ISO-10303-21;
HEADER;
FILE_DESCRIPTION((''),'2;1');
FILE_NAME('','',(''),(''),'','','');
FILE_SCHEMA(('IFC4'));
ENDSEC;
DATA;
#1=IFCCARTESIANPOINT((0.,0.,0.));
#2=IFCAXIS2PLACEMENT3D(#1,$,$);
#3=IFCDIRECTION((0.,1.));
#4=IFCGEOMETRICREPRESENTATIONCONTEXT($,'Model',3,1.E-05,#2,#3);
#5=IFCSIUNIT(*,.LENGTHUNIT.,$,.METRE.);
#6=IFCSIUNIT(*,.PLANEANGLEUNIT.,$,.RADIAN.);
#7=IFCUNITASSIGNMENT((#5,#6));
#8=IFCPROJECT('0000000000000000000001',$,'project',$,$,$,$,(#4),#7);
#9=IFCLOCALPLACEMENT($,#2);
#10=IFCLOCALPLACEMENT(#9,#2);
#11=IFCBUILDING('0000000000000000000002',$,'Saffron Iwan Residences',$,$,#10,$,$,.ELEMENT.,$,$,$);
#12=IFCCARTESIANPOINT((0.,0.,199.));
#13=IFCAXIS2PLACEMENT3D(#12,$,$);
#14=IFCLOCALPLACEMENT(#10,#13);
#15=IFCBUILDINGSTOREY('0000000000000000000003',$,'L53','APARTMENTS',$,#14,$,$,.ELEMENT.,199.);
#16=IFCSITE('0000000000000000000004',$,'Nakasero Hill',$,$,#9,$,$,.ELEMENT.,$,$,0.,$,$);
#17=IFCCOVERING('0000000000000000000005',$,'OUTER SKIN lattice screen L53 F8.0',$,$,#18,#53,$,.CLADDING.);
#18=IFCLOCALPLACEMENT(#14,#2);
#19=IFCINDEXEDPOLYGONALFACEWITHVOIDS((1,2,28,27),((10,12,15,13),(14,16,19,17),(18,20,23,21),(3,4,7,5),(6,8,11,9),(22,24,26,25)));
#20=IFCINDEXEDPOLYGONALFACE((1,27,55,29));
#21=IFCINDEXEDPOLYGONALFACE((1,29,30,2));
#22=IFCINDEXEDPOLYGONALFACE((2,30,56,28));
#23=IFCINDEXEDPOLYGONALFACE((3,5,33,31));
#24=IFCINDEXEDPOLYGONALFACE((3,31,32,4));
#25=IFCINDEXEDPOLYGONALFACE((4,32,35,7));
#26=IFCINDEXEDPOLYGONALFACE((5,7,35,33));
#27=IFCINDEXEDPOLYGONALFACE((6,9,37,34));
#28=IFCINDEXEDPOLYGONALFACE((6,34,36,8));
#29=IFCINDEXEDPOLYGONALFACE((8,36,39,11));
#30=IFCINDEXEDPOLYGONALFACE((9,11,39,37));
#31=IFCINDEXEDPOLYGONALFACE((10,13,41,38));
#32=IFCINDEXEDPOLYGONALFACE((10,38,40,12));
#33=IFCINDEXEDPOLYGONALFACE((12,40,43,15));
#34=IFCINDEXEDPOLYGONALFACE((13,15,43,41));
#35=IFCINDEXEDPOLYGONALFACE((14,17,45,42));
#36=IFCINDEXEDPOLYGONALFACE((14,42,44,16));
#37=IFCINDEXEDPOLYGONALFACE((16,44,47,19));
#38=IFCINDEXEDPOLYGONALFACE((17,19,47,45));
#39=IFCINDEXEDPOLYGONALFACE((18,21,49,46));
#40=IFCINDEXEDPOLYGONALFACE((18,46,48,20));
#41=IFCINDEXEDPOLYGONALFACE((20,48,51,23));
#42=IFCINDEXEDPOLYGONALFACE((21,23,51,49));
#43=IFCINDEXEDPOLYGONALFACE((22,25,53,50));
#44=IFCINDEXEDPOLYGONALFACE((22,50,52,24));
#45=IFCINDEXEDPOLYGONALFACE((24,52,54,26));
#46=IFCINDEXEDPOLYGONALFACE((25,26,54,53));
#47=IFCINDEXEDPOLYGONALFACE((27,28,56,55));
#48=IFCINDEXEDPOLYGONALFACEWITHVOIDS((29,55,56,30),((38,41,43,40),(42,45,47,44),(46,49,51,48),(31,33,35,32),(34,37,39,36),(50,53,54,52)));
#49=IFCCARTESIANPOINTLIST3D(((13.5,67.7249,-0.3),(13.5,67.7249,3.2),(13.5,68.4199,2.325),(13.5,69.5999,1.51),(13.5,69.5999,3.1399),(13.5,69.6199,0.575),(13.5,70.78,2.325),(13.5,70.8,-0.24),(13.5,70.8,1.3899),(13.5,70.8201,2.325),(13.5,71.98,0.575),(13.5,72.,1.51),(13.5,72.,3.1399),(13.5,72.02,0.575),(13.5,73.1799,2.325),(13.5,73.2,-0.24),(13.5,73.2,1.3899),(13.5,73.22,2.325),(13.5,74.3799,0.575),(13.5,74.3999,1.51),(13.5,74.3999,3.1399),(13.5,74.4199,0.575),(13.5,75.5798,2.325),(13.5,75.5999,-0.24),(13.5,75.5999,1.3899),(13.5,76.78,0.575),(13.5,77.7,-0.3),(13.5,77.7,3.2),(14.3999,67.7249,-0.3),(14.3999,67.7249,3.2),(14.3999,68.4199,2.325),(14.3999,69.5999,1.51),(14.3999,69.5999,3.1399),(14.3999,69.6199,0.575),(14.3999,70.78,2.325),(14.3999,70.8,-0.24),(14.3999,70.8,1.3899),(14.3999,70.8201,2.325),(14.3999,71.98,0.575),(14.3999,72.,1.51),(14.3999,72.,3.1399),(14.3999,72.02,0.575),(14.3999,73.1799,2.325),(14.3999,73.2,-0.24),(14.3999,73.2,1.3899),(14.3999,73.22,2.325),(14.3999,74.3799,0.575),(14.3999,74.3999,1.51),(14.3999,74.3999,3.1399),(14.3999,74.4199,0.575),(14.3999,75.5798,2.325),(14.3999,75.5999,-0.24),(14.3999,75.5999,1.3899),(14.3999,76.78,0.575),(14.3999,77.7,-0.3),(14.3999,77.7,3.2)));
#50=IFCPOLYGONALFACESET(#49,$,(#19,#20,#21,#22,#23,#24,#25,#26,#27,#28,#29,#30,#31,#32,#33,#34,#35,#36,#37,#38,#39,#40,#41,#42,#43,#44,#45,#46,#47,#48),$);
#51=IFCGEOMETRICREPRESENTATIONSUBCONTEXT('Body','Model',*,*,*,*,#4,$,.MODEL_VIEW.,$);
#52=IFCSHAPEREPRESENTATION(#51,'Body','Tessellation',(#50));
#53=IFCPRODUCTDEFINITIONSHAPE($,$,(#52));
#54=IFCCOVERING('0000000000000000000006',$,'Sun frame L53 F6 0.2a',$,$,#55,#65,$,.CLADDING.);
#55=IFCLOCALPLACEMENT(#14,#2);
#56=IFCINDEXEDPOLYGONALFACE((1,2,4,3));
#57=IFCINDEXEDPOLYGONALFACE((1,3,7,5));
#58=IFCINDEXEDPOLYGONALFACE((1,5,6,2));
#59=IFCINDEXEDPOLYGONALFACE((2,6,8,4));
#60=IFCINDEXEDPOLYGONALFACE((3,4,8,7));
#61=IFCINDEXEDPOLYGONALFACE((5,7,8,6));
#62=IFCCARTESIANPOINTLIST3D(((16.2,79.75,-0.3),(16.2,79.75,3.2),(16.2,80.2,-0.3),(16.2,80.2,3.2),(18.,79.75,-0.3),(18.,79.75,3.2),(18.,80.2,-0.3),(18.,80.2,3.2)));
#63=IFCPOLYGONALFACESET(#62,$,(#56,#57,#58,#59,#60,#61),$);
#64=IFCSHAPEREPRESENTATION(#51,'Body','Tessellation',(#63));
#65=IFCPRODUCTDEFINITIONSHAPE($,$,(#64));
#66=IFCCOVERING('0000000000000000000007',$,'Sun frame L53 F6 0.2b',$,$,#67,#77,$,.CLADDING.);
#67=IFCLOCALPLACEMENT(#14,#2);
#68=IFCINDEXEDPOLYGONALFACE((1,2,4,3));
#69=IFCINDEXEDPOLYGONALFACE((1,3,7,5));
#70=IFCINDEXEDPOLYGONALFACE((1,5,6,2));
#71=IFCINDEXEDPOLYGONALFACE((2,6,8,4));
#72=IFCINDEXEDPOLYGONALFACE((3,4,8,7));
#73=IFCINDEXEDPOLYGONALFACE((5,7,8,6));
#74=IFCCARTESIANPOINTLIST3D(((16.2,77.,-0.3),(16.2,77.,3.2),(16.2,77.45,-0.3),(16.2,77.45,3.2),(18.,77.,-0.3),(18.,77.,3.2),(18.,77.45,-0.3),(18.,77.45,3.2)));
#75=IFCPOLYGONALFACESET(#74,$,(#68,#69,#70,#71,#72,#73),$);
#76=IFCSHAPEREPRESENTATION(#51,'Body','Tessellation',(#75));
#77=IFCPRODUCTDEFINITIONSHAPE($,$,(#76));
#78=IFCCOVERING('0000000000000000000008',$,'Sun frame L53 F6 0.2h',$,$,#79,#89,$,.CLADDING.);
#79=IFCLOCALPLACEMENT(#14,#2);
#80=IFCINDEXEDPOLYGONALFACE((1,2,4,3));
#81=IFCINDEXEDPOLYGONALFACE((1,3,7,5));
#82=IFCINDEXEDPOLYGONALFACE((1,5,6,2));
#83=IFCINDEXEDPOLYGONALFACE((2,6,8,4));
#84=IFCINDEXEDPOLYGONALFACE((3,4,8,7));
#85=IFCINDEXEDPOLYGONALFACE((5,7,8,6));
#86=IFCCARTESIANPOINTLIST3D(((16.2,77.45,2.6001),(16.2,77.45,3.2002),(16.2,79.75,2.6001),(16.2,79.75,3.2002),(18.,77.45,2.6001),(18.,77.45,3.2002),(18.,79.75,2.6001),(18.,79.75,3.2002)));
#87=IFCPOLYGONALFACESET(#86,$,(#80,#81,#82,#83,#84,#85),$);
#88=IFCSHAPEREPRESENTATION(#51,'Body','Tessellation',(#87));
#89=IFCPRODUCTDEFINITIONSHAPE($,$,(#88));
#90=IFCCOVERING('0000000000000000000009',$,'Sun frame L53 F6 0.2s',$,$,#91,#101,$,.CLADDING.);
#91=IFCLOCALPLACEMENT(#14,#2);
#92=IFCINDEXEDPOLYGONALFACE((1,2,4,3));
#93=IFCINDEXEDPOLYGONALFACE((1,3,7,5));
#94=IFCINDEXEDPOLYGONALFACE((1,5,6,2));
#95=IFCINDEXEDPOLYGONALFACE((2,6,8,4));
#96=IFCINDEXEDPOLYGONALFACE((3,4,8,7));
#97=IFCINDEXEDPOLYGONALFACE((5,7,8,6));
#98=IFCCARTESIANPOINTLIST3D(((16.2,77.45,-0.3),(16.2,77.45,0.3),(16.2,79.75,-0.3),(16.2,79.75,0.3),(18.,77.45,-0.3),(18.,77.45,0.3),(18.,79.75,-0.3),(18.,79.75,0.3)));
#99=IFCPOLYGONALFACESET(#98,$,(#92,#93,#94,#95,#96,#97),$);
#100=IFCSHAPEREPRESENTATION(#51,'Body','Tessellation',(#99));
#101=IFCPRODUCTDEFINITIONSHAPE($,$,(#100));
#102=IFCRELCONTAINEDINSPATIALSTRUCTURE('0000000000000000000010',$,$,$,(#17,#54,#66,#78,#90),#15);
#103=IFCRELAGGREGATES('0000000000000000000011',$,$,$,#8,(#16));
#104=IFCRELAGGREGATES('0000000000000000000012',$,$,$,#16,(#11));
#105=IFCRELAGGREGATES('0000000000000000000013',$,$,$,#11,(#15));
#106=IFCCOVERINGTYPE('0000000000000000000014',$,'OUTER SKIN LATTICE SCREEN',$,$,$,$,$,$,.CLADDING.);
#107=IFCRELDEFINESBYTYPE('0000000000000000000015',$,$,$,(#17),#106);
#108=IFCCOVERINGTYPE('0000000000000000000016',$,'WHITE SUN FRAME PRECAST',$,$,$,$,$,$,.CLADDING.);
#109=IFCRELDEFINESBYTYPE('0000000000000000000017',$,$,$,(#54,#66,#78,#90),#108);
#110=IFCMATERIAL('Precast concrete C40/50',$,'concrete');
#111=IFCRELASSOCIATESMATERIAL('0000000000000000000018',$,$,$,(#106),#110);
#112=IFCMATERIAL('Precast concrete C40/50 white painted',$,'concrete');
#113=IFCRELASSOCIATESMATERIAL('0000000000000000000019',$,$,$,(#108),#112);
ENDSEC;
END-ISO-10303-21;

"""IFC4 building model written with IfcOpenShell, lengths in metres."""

from ifc_helpers import new_model, si_unit, direction, frame, origin, place, context, subcontext, project, spatial, polyline, outline, extrude, material, type_object, element, save


model = new_model("IFC4")

# Units and contexts
model_context = context("Model", 3, precision=1e-05, world=origin(), true_north=direction((0.0, 1.0)))
body_context = subcontext(model_context, "Body", "Model", "MODEL_VIEW")
ifc_project = project(units=[si_unit("LENGTHUNIT", "METRE"), si_unit("PLANEANGLEUNIT", "RADIAN")], contexts=[model_context])

# Site, building, storey
site_placement = place(None, origin())
site = spatial("IfcSite", under=ifc_project, at=site_placement, Name="Nakasero Hill", CompositionType="ELEMENT", RefElevation=0.0)
building_placement = place(site_placement, origin())
building = spatial("IfcBuilding", under=site, at=building_placement, Name="Saffron Iwan Residences", CompositionType="ELEMENT")
storey_placement = place(building_placement, frame((0.0, 0.0, 199.0)))
storey = spatial("IfcBuildingStorey", under=building, at=storey_placement, Name="L53", Description="APARTMENTS", CompositionType="ELEMENT", Elevation=199.0)

# Coverings
ifc_material_1 = material(Name="Precast concrete C40/50", Category="concrete")
covering_type_1 = type_object("IfcCoveringType", Name="OUTER SKIN LATTICE SCREEN", PredefinedType="CLADDING", material=ifc_material_1)
covering_1_placement = place(storey_placement, frame((14.3999, 77.7, -0.3), z_axis=(-1.0, 0.0, 0.0), x_axis=(0.0, -1.0, 0.0)))
element("IfcCovering", 1, at=covering_1_placement, inside=storey, type_object=covering_type_1, Name="OUTER SKIN lattice screen L53 F8.0", PredefinedType="CLADDING", context=body_context, shape_type="SweptSolid", body=[
    extrude(outline(polyline([(0.0, 0.0), (9.9751, 0.0), (9.9751, 3.5), (0.0, 3.5), (0.0, 0.0)]), holes=[polyline([(0.9199, 0.875), (2.1001, 0.0601), (3.28, 0.875), (2.1001, 1.6899), (0.9199, 0.875)]), polyline([(3.3201, 0.875), (4.5, 0.0601), (5.6799, 0.875), (4.5, 1.6899), (3.3201, 0.875)]), polyline([(5.72, 0.875), (6.8999, 0.0601), (8.0801, 0.875), (6.8999, 1.6899), (5.72, 0.875)]), polyline([(2.1201, 2.625), (3.3, 1.8101), (4.48, 2.625), (3.3, 3.4399), (2.1201, 2.625)]), polyline([(4.52, 2.625), (5.7, 1.8101), (6.8799, 2.625), (5.7, 3.4399), (4.52, 2.625)]), polyline([(6.9199, 2.625), (8.1001, 1.8101), (9.28, 2.625), (8.1001, 3.4399), (6.9199, 2.625)])]), origin(), (0.0, 0.0, 1.0), 0.8999),
])
ifc_material_2 = material(Name="Precast concrete C40/50 white painted", Category="concrete")
covering_type_2 = type_object("IfcCoveringType", Name="WHITE SUN FRAME PRECAST", PredefinedType="CLADDING", material=ifc_material_2)
for number, where, z_axis, x_axis, name in (
    (2, (18.0, 80.2, -0.3), (-1.0, 0.0, 0.0), (0.0, -1.0, 0.0), "Sun frame L53 F6 0.2a"),
    (3, (18.0, 77.45, -0.3), (-1.0, 0.0, 0.0), (0.0, -1.0, 0.0), "Sun frame L53 F6 0.2b"),
):
    element("IfcCovering", number, at=place(storey_placement, frame(where, z_axis=z_axis, x_axis=x_axis)), inside=storey, type_object=covering_type_2, Name=name, PredefinedType="CLADDING", context=body_context, shape_type="SweptSolid", body=[
        extrude(outline(polyline([(0.0, 0.0), (0.45, 0.0), (0.45, 3.5), (0.0, 3.5), (0.0, 0.0)])), origin(), (0.0, 0.0, 1.0), 1.8),
    ])
for number, where, z_axis, x_axis, name in (
    (4, (18.0, 79.75, 2.6001), (-1.0, 0.0, 0.0), (0.0, -1.0, 0.0), "Sun frame L53 F6 0.2h"),
    (5, (18.0, 79.75, -0.3), (-1.0, 0.0, 0.0), (0.0, -1.0, 0.0), "Sun frame L53 F6 0.2s"),
):
    element("IfcCovering", number, at=place(storey_placement, frame(where, z_axis=z_axis, x_axis=x_axis)), inside=storey, type_object=covering_type_2, Name=name, PredefinedType="CLADDING", context=body_context, shape_type="SweptSolid", body=[
        extrude(outline(polyline([(0.0, 0.0), (2.3, 0.0), (2.3, 0.6001), (0.0, 0.6001), (0.0, 0.0)])), origin(), (0.0, 0.0, 1.0), 1.8),
    ])

save(model, "model.ifc")
